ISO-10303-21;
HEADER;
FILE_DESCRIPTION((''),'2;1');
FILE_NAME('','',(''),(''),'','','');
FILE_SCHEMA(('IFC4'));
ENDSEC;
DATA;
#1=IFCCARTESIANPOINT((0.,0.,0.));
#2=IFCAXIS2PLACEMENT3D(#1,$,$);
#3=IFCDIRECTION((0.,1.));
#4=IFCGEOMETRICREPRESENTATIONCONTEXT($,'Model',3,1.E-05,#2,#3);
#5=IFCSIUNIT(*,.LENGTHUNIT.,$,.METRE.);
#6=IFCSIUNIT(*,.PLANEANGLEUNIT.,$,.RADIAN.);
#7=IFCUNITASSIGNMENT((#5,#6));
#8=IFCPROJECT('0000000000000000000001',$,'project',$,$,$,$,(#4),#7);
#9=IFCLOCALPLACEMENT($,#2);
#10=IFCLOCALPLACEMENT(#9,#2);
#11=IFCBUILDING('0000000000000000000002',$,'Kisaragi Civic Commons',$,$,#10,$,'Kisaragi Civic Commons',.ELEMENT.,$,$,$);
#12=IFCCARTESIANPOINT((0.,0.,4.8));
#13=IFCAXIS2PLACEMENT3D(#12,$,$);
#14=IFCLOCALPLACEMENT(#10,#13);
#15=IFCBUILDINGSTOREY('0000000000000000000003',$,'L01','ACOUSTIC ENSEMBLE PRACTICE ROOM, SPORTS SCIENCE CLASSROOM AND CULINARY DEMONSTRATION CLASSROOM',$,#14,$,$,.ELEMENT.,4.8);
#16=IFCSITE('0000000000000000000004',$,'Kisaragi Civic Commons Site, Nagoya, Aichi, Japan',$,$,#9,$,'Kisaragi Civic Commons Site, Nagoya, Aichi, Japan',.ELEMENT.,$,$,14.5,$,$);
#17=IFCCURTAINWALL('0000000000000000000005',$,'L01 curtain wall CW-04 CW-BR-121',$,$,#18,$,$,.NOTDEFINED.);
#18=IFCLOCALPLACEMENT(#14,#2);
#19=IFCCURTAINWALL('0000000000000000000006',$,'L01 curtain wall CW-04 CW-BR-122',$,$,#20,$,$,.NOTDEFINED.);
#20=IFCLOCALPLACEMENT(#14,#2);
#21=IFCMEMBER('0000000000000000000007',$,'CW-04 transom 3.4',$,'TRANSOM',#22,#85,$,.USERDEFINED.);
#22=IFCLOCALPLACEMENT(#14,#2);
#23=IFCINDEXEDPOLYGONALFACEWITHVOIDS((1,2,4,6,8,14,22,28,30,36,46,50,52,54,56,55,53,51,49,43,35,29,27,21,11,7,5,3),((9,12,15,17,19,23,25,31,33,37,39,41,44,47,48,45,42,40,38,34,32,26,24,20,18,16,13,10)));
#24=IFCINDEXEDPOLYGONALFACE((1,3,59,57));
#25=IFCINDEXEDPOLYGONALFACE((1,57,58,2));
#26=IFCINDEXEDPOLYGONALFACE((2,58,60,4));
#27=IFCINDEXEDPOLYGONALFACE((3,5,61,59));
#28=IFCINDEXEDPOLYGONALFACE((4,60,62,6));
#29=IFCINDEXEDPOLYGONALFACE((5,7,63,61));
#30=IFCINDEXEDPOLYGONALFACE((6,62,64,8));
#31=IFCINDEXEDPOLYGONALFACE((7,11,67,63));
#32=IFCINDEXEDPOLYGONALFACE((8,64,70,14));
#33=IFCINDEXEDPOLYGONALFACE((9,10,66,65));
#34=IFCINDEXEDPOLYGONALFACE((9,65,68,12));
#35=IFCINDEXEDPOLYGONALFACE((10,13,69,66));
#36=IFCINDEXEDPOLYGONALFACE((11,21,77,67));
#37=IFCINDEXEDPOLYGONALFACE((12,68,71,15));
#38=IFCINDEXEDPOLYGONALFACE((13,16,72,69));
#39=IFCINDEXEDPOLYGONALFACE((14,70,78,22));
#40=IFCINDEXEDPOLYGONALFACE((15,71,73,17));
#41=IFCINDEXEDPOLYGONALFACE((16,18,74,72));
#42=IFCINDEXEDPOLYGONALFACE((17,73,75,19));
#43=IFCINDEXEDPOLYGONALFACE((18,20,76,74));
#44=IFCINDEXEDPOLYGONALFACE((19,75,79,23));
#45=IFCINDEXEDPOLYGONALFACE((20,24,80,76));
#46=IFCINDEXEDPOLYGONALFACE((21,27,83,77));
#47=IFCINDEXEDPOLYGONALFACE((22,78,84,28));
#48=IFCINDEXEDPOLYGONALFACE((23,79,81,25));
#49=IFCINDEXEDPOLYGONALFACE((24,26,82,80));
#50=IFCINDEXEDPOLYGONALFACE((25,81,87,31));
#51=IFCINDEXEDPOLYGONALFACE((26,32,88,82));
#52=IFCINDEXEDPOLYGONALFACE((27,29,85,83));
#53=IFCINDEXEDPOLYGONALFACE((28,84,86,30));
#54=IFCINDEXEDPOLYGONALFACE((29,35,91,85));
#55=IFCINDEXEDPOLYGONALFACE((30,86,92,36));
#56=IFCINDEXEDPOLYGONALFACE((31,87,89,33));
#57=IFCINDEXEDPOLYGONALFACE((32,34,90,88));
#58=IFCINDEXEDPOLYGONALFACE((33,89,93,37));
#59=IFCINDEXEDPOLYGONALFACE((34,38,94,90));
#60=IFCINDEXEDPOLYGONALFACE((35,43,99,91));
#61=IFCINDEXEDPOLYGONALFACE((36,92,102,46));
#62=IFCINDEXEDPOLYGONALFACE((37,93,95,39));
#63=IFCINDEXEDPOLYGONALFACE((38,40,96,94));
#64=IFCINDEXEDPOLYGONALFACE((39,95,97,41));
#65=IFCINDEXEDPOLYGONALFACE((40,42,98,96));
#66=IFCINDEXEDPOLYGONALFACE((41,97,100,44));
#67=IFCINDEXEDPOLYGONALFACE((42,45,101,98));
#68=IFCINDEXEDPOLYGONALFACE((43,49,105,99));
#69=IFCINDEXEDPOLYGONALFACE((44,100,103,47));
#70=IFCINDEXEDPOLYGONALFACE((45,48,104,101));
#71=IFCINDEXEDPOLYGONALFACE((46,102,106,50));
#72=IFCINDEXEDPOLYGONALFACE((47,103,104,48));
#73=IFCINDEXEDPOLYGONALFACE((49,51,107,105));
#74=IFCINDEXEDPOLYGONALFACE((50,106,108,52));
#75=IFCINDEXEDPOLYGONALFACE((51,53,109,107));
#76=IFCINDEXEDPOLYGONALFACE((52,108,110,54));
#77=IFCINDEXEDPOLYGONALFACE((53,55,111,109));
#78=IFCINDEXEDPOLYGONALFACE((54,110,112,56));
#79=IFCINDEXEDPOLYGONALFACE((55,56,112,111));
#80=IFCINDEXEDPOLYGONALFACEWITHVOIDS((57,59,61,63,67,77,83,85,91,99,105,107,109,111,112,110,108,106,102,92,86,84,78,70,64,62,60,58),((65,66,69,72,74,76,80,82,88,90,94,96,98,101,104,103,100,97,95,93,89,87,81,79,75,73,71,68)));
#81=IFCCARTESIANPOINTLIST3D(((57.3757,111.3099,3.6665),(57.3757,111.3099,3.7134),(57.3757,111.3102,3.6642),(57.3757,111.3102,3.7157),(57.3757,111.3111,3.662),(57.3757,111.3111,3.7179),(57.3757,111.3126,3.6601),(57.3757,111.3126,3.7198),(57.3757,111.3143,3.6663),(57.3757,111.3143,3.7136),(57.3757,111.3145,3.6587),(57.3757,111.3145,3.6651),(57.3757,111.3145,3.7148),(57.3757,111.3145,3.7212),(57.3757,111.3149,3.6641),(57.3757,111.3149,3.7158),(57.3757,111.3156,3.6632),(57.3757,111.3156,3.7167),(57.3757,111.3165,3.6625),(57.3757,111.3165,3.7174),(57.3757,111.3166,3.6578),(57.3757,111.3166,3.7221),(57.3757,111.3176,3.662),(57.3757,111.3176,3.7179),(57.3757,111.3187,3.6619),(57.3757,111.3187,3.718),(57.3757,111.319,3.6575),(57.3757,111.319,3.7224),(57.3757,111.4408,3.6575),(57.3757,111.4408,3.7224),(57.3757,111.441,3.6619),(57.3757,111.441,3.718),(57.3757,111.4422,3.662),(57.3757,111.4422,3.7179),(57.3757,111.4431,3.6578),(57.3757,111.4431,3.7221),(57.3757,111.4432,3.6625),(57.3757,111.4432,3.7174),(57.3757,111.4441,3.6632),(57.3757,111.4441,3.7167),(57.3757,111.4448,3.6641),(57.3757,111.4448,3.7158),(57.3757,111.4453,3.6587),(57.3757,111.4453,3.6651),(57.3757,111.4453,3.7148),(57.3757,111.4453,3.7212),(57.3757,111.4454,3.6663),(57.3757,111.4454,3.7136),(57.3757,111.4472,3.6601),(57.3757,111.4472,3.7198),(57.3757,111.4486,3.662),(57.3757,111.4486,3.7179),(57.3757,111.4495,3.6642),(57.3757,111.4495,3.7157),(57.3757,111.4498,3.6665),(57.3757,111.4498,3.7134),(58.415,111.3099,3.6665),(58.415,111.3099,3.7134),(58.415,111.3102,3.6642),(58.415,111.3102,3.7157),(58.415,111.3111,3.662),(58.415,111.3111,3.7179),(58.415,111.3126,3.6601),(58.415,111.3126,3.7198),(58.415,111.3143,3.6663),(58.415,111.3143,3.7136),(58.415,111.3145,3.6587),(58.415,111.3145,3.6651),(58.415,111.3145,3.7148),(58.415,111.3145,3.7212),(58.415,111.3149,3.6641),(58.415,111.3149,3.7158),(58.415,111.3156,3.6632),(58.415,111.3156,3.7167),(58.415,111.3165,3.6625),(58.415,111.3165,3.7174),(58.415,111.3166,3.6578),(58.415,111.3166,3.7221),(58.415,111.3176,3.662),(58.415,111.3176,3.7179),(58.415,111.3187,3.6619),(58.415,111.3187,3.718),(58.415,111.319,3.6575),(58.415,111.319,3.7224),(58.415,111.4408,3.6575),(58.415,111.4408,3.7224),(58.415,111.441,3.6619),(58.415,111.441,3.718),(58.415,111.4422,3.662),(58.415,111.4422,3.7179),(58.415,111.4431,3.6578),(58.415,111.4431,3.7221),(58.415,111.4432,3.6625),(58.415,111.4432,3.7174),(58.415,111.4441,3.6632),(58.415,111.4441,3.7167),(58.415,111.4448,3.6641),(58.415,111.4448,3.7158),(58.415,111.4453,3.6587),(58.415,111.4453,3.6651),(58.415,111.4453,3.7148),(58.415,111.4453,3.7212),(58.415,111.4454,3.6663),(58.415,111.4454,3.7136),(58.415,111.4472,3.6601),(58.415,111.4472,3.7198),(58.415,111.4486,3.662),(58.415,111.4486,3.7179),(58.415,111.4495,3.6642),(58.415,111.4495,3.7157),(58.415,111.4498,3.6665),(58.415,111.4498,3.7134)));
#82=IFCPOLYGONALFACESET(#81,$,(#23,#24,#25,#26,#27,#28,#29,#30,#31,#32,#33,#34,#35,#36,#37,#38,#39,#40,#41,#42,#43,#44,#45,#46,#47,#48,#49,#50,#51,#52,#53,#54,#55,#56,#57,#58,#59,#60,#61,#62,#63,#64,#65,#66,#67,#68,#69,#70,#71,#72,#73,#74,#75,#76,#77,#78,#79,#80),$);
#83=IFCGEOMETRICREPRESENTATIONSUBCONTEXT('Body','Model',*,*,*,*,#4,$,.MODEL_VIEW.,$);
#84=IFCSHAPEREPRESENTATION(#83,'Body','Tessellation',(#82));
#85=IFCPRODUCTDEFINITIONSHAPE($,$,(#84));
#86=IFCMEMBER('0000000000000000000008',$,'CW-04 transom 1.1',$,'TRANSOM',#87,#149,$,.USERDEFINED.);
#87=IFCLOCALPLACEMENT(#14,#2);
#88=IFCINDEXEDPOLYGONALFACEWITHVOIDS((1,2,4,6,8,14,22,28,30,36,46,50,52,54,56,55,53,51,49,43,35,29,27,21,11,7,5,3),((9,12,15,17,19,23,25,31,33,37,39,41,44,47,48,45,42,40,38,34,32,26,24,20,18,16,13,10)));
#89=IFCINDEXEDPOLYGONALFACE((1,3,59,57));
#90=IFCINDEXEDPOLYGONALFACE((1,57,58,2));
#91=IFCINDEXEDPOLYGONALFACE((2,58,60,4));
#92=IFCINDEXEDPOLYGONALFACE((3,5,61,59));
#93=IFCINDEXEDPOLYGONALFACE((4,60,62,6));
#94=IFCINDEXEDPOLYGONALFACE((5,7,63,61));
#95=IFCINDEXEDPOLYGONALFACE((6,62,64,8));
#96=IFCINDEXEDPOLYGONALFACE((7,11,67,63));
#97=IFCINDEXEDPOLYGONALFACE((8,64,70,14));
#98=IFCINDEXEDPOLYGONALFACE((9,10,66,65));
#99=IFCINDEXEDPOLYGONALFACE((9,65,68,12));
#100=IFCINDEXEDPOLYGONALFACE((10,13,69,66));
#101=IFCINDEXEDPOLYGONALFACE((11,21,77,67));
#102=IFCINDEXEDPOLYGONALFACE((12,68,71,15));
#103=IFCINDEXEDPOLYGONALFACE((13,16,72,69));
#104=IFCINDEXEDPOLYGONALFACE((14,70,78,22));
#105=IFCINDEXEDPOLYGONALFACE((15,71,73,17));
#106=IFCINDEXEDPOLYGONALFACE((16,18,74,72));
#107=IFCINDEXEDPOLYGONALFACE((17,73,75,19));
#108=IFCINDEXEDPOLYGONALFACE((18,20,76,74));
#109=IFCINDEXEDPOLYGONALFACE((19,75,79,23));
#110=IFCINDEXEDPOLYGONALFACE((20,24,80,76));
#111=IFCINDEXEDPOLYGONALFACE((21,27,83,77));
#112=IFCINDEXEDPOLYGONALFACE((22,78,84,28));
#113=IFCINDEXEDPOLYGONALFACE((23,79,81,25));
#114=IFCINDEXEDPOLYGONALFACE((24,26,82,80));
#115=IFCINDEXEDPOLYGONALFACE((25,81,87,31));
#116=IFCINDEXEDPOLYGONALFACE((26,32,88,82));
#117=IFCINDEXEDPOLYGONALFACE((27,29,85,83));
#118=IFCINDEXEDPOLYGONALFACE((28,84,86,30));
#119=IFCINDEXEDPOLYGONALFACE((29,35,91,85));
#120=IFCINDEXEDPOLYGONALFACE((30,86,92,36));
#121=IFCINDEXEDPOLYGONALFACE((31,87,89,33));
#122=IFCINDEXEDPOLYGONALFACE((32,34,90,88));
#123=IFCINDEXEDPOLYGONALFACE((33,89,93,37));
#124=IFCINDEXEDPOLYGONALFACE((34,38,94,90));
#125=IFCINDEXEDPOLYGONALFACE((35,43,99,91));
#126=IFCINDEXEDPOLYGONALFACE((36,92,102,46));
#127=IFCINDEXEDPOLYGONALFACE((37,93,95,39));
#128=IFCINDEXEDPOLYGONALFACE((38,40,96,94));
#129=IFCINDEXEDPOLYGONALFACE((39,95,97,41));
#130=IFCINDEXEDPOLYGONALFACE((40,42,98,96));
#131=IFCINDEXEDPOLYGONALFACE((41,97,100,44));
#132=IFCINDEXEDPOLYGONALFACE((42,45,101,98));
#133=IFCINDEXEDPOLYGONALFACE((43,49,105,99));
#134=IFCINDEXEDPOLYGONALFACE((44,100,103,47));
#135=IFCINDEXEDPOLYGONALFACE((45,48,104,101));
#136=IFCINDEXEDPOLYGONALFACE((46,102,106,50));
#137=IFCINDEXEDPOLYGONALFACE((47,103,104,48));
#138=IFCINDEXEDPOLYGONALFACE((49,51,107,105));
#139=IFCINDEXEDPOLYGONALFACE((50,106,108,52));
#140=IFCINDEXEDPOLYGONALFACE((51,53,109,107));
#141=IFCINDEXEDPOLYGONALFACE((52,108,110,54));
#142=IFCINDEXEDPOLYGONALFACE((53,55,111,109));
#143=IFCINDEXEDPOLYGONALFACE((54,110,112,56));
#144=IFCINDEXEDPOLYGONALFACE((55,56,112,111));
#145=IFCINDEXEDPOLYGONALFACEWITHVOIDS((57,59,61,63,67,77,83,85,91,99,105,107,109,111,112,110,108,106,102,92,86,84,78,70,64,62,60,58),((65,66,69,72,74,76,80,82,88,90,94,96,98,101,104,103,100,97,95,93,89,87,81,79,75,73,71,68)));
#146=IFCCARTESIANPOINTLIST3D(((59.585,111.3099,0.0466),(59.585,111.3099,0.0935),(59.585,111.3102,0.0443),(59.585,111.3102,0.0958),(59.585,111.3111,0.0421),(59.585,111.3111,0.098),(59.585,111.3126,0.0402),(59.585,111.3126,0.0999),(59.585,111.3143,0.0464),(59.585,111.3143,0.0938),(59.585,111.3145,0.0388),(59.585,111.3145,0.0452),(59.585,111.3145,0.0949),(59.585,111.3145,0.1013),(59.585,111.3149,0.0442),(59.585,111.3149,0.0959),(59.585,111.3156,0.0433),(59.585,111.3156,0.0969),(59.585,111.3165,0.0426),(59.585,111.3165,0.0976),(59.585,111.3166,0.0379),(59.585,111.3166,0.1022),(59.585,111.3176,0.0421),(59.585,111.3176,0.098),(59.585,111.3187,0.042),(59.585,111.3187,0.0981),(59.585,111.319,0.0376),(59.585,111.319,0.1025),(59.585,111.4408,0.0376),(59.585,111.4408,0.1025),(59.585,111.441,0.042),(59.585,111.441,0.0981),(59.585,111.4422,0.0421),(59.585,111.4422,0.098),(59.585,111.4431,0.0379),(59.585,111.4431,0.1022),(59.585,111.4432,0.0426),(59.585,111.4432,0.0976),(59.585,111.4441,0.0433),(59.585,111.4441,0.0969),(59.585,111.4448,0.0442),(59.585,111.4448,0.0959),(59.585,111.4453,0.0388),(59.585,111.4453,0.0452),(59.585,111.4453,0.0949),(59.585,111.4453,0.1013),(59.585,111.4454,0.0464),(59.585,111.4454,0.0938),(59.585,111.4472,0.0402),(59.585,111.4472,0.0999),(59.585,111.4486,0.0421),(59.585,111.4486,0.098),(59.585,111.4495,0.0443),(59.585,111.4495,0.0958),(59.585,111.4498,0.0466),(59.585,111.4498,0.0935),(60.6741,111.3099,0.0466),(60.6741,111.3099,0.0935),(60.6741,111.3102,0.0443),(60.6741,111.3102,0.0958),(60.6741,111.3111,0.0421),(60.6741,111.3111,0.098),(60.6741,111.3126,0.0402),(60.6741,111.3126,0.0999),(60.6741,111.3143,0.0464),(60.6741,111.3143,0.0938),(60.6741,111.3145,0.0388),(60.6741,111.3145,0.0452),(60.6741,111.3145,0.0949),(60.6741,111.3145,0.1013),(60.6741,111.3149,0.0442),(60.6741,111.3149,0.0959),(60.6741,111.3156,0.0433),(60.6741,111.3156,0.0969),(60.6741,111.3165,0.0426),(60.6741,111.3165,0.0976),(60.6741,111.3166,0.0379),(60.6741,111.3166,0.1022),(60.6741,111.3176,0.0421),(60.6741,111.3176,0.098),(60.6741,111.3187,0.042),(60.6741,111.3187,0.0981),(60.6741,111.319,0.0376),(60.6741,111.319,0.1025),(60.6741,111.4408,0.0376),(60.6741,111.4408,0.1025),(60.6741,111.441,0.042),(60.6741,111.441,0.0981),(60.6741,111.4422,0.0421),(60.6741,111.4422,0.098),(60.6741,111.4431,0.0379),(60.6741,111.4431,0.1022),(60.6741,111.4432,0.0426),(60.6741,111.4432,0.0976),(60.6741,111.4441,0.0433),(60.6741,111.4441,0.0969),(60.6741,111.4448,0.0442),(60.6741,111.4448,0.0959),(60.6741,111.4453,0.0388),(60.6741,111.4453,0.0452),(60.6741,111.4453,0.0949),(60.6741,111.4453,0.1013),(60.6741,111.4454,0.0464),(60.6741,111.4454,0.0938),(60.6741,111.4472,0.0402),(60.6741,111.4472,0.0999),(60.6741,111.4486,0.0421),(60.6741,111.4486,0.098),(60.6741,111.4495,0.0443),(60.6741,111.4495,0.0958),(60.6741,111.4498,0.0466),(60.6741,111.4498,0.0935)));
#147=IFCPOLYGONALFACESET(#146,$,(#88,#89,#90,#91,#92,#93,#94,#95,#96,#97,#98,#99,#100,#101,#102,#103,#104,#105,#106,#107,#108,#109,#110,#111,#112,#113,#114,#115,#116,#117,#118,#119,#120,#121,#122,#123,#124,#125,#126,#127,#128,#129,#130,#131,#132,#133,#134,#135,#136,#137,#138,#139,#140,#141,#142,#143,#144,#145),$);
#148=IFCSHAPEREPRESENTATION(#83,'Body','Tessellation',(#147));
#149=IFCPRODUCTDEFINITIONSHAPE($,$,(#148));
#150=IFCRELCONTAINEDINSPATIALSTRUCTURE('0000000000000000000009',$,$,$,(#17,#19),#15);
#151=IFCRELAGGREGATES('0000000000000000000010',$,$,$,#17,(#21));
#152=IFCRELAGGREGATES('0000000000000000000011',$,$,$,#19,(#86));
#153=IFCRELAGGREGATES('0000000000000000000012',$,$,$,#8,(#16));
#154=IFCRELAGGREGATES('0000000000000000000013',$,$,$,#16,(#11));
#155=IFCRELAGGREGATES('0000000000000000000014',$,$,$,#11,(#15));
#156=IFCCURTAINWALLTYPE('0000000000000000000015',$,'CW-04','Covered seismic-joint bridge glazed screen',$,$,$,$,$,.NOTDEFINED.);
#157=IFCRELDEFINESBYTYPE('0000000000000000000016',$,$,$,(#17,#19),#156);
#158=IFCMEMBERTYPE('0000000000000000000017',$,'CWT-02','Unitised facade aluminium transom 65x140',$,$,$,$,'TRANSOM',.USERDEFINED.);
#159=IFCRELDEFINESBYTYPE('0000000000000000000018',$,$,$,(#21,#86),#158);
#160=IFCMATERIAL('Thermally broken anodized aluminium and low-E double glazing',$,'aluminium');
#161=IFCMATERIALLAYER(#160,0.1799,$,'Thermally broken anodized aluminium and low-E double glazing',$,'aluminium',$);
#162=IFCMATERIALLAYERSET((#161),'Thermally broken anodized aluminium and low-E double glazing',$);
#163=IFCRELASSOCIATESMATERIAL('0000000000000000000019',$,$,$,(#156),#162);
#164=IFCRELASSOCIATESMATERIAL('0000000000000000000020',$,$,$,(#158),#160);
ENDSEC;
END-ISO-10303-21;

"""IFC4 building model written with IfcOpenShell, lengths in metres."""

from ifc_helpers import new_model, si_unit, direction, frame, origin, origin_2d, place, context, subcontext, project, spatial, hollow_rectangle, extrude, material, layer, layer_set, material_profile, profile_set, type_object, element, aggregate, save


model = new_model("IFC4")

# Units and contexts
model_context = context("Model", 3, precision=1e-05, world=origin(), true_north=direction((0.0, 1.0)))
body_context = subcontext(model_context, "Body", "Model", "MODEL_VIEW")
ifc_project = project(units=[si_unit("LENGTHUNIT", "METRE"), si_unit("PLANEANGLEUNIT", "RADIAN")], contexts=[model_context])

# Site, building, storey
site_placement = place(None, origin())
site = spatial("IfcSite", under=ifc_project, at=site_placement, Name="Kisaragi Civic Commons Site, Nagoya, Aichi, Japan", LongName="Kisaragi Civic Commons Site, Nagoya, Aichi, Japan", CompositionType="ELEMENT", RefElevation=14.5)
building_placement = place(site_placement, origin())
building = spatial("IfcBuilding", under=site, at=building_placement, Name="Kisaragi Civic Commons", LongName="Kisaragi Civic Commons", CompositionType="ELEMENT")
storey_placement = place(building_placement, frame((0.0, 0.0, 4.8)))
storey = spatial("IfcBuildingStorey", under=building, at=storey_placement, Name="L01", Description="ACOUSTIC ENSEMBLE PRACTICE ROOM, SPORTS SCIENCE CLASSROOM AND CULINARY DEMONSTRATION CLASSROOM", CompositionType="ELEMENT", Elevation=4.8)

# Curtain wall
ifc_material_1 = material(Name="Thermally broken anodized aluminium and low-E double glazing", Category="aluminium")
ifc_layer_1 = layer(ifc_material_1, 0.1799, Name="Thermally broken anodized aluminium and low-E double glazing", Category="aluminium")
ifc_layer_set_1 = layer_set([ifc_layer_1], Name="Thermally broken anodized aluminium and low-E double glazing")
curtain_wall_type = type_object("IfcCurtainWallType", Name="CW-04", Description="Covered seismic-joint bridge glazed screen", PredefinedType="NOTDEFINED", material=ifc_layer_set_1)
curtain_wall_1_placement = place(storey_placement, origin())
curtain_wall_1 = element("IfcCurtainWall", 1, at=curtain_wall_1_placement, inside=storey, type_object=curtain_wall_type, Name="L01 curtain wall CW-04 CW-BR-121", PredefinedType="NOTDEFINED")

# Curtain wall
curtain_wall_2_placement = place(storey_placement, origin())
curtain_wall_2 = element("IfcCurtainWall", 2, at=curtain_wall_2_placement, inside=storey, type_object=curtain_wall_type, Name="L01 curtain wall CW-04 CW-BR-122", PredefinedType="NOTDEFINED")

# Members
ifc_material_profile_1 = material_profile(ifc_material_1, hollow_rectangle(XDim=0.1399, YDim=0.0649, WallThickness=0.0044, InnerFilletRadius=0.0044, OuterFilletRadius=0.009, at=origin_2d()), Name="CWT-65x140x4.5", Category="aluminium")
ifc_profile_set_1 = profile_set([ifc_material_profile_1], Name="Thermally broken anodized aluminium and low-E double glazing")
member_type_1 = type_object("IfcMemberType", Name="CWT-02", Description="Unitised facade aluminium transom 65x140", ElementType="TRANSOM", PredefinedType="USERDEFINED", material=ifc_profile_set_1)
member_1_placement = place(storey_placement, frame((57.3757, 111.3799, 3.6899), z_axis=(1.0, 0.0, 0.0), x_axis=(0.0, 1.0, 0.0)))
member_1 = element("IfcMember", 3, at=member_1_placement, type_object=member_type_1, Name="CW-04 transom 3.4", ObjectType="TRANSOM", PredefinedType="USERDEFINED", context=body_context, shape_type="SweptSolid", body=[
    extrude(hollow_rectangle(XDim=0.1399, YDim=0.0649, WallThickness=0.0044, InnerFilletRadius=0.0044, OuterFilletRadius=0.009, at=origin_2d()), origin(), (0.0, 0.0, 1.0), 1.0393),
])
member_2_placement = place(storey_placement, frame((59.585, 111.3799, 0.0701), z_axis=(1.0, 0.0, 0.0), x_axis=(0.0, 1.0, 0.0)))
member_2 = element("IfcMember", 4, at=member_2_placement, type_object=member_type_1, Name="CW-04 transom 1.1", ObjectType="TRANSOM", PredefinedType="USERDEFINED", context=body_context, shape_type="SweptSolid", body=[
    extrude(hollow_rectangle(XDim=0.1399, YDim=0.0649, WallThickness=0.0044, InnerFilletRadius=0.0044, OuterFilletRadius=0.009, at=origin_2d()), origin(), (0.0, 0.0, 1.0), 1.0891),
])

aggregate(curtain_wall_1, [member_1])
aggregate(curtain_wall_2, [member_2])

save(model, "model.ifc")
